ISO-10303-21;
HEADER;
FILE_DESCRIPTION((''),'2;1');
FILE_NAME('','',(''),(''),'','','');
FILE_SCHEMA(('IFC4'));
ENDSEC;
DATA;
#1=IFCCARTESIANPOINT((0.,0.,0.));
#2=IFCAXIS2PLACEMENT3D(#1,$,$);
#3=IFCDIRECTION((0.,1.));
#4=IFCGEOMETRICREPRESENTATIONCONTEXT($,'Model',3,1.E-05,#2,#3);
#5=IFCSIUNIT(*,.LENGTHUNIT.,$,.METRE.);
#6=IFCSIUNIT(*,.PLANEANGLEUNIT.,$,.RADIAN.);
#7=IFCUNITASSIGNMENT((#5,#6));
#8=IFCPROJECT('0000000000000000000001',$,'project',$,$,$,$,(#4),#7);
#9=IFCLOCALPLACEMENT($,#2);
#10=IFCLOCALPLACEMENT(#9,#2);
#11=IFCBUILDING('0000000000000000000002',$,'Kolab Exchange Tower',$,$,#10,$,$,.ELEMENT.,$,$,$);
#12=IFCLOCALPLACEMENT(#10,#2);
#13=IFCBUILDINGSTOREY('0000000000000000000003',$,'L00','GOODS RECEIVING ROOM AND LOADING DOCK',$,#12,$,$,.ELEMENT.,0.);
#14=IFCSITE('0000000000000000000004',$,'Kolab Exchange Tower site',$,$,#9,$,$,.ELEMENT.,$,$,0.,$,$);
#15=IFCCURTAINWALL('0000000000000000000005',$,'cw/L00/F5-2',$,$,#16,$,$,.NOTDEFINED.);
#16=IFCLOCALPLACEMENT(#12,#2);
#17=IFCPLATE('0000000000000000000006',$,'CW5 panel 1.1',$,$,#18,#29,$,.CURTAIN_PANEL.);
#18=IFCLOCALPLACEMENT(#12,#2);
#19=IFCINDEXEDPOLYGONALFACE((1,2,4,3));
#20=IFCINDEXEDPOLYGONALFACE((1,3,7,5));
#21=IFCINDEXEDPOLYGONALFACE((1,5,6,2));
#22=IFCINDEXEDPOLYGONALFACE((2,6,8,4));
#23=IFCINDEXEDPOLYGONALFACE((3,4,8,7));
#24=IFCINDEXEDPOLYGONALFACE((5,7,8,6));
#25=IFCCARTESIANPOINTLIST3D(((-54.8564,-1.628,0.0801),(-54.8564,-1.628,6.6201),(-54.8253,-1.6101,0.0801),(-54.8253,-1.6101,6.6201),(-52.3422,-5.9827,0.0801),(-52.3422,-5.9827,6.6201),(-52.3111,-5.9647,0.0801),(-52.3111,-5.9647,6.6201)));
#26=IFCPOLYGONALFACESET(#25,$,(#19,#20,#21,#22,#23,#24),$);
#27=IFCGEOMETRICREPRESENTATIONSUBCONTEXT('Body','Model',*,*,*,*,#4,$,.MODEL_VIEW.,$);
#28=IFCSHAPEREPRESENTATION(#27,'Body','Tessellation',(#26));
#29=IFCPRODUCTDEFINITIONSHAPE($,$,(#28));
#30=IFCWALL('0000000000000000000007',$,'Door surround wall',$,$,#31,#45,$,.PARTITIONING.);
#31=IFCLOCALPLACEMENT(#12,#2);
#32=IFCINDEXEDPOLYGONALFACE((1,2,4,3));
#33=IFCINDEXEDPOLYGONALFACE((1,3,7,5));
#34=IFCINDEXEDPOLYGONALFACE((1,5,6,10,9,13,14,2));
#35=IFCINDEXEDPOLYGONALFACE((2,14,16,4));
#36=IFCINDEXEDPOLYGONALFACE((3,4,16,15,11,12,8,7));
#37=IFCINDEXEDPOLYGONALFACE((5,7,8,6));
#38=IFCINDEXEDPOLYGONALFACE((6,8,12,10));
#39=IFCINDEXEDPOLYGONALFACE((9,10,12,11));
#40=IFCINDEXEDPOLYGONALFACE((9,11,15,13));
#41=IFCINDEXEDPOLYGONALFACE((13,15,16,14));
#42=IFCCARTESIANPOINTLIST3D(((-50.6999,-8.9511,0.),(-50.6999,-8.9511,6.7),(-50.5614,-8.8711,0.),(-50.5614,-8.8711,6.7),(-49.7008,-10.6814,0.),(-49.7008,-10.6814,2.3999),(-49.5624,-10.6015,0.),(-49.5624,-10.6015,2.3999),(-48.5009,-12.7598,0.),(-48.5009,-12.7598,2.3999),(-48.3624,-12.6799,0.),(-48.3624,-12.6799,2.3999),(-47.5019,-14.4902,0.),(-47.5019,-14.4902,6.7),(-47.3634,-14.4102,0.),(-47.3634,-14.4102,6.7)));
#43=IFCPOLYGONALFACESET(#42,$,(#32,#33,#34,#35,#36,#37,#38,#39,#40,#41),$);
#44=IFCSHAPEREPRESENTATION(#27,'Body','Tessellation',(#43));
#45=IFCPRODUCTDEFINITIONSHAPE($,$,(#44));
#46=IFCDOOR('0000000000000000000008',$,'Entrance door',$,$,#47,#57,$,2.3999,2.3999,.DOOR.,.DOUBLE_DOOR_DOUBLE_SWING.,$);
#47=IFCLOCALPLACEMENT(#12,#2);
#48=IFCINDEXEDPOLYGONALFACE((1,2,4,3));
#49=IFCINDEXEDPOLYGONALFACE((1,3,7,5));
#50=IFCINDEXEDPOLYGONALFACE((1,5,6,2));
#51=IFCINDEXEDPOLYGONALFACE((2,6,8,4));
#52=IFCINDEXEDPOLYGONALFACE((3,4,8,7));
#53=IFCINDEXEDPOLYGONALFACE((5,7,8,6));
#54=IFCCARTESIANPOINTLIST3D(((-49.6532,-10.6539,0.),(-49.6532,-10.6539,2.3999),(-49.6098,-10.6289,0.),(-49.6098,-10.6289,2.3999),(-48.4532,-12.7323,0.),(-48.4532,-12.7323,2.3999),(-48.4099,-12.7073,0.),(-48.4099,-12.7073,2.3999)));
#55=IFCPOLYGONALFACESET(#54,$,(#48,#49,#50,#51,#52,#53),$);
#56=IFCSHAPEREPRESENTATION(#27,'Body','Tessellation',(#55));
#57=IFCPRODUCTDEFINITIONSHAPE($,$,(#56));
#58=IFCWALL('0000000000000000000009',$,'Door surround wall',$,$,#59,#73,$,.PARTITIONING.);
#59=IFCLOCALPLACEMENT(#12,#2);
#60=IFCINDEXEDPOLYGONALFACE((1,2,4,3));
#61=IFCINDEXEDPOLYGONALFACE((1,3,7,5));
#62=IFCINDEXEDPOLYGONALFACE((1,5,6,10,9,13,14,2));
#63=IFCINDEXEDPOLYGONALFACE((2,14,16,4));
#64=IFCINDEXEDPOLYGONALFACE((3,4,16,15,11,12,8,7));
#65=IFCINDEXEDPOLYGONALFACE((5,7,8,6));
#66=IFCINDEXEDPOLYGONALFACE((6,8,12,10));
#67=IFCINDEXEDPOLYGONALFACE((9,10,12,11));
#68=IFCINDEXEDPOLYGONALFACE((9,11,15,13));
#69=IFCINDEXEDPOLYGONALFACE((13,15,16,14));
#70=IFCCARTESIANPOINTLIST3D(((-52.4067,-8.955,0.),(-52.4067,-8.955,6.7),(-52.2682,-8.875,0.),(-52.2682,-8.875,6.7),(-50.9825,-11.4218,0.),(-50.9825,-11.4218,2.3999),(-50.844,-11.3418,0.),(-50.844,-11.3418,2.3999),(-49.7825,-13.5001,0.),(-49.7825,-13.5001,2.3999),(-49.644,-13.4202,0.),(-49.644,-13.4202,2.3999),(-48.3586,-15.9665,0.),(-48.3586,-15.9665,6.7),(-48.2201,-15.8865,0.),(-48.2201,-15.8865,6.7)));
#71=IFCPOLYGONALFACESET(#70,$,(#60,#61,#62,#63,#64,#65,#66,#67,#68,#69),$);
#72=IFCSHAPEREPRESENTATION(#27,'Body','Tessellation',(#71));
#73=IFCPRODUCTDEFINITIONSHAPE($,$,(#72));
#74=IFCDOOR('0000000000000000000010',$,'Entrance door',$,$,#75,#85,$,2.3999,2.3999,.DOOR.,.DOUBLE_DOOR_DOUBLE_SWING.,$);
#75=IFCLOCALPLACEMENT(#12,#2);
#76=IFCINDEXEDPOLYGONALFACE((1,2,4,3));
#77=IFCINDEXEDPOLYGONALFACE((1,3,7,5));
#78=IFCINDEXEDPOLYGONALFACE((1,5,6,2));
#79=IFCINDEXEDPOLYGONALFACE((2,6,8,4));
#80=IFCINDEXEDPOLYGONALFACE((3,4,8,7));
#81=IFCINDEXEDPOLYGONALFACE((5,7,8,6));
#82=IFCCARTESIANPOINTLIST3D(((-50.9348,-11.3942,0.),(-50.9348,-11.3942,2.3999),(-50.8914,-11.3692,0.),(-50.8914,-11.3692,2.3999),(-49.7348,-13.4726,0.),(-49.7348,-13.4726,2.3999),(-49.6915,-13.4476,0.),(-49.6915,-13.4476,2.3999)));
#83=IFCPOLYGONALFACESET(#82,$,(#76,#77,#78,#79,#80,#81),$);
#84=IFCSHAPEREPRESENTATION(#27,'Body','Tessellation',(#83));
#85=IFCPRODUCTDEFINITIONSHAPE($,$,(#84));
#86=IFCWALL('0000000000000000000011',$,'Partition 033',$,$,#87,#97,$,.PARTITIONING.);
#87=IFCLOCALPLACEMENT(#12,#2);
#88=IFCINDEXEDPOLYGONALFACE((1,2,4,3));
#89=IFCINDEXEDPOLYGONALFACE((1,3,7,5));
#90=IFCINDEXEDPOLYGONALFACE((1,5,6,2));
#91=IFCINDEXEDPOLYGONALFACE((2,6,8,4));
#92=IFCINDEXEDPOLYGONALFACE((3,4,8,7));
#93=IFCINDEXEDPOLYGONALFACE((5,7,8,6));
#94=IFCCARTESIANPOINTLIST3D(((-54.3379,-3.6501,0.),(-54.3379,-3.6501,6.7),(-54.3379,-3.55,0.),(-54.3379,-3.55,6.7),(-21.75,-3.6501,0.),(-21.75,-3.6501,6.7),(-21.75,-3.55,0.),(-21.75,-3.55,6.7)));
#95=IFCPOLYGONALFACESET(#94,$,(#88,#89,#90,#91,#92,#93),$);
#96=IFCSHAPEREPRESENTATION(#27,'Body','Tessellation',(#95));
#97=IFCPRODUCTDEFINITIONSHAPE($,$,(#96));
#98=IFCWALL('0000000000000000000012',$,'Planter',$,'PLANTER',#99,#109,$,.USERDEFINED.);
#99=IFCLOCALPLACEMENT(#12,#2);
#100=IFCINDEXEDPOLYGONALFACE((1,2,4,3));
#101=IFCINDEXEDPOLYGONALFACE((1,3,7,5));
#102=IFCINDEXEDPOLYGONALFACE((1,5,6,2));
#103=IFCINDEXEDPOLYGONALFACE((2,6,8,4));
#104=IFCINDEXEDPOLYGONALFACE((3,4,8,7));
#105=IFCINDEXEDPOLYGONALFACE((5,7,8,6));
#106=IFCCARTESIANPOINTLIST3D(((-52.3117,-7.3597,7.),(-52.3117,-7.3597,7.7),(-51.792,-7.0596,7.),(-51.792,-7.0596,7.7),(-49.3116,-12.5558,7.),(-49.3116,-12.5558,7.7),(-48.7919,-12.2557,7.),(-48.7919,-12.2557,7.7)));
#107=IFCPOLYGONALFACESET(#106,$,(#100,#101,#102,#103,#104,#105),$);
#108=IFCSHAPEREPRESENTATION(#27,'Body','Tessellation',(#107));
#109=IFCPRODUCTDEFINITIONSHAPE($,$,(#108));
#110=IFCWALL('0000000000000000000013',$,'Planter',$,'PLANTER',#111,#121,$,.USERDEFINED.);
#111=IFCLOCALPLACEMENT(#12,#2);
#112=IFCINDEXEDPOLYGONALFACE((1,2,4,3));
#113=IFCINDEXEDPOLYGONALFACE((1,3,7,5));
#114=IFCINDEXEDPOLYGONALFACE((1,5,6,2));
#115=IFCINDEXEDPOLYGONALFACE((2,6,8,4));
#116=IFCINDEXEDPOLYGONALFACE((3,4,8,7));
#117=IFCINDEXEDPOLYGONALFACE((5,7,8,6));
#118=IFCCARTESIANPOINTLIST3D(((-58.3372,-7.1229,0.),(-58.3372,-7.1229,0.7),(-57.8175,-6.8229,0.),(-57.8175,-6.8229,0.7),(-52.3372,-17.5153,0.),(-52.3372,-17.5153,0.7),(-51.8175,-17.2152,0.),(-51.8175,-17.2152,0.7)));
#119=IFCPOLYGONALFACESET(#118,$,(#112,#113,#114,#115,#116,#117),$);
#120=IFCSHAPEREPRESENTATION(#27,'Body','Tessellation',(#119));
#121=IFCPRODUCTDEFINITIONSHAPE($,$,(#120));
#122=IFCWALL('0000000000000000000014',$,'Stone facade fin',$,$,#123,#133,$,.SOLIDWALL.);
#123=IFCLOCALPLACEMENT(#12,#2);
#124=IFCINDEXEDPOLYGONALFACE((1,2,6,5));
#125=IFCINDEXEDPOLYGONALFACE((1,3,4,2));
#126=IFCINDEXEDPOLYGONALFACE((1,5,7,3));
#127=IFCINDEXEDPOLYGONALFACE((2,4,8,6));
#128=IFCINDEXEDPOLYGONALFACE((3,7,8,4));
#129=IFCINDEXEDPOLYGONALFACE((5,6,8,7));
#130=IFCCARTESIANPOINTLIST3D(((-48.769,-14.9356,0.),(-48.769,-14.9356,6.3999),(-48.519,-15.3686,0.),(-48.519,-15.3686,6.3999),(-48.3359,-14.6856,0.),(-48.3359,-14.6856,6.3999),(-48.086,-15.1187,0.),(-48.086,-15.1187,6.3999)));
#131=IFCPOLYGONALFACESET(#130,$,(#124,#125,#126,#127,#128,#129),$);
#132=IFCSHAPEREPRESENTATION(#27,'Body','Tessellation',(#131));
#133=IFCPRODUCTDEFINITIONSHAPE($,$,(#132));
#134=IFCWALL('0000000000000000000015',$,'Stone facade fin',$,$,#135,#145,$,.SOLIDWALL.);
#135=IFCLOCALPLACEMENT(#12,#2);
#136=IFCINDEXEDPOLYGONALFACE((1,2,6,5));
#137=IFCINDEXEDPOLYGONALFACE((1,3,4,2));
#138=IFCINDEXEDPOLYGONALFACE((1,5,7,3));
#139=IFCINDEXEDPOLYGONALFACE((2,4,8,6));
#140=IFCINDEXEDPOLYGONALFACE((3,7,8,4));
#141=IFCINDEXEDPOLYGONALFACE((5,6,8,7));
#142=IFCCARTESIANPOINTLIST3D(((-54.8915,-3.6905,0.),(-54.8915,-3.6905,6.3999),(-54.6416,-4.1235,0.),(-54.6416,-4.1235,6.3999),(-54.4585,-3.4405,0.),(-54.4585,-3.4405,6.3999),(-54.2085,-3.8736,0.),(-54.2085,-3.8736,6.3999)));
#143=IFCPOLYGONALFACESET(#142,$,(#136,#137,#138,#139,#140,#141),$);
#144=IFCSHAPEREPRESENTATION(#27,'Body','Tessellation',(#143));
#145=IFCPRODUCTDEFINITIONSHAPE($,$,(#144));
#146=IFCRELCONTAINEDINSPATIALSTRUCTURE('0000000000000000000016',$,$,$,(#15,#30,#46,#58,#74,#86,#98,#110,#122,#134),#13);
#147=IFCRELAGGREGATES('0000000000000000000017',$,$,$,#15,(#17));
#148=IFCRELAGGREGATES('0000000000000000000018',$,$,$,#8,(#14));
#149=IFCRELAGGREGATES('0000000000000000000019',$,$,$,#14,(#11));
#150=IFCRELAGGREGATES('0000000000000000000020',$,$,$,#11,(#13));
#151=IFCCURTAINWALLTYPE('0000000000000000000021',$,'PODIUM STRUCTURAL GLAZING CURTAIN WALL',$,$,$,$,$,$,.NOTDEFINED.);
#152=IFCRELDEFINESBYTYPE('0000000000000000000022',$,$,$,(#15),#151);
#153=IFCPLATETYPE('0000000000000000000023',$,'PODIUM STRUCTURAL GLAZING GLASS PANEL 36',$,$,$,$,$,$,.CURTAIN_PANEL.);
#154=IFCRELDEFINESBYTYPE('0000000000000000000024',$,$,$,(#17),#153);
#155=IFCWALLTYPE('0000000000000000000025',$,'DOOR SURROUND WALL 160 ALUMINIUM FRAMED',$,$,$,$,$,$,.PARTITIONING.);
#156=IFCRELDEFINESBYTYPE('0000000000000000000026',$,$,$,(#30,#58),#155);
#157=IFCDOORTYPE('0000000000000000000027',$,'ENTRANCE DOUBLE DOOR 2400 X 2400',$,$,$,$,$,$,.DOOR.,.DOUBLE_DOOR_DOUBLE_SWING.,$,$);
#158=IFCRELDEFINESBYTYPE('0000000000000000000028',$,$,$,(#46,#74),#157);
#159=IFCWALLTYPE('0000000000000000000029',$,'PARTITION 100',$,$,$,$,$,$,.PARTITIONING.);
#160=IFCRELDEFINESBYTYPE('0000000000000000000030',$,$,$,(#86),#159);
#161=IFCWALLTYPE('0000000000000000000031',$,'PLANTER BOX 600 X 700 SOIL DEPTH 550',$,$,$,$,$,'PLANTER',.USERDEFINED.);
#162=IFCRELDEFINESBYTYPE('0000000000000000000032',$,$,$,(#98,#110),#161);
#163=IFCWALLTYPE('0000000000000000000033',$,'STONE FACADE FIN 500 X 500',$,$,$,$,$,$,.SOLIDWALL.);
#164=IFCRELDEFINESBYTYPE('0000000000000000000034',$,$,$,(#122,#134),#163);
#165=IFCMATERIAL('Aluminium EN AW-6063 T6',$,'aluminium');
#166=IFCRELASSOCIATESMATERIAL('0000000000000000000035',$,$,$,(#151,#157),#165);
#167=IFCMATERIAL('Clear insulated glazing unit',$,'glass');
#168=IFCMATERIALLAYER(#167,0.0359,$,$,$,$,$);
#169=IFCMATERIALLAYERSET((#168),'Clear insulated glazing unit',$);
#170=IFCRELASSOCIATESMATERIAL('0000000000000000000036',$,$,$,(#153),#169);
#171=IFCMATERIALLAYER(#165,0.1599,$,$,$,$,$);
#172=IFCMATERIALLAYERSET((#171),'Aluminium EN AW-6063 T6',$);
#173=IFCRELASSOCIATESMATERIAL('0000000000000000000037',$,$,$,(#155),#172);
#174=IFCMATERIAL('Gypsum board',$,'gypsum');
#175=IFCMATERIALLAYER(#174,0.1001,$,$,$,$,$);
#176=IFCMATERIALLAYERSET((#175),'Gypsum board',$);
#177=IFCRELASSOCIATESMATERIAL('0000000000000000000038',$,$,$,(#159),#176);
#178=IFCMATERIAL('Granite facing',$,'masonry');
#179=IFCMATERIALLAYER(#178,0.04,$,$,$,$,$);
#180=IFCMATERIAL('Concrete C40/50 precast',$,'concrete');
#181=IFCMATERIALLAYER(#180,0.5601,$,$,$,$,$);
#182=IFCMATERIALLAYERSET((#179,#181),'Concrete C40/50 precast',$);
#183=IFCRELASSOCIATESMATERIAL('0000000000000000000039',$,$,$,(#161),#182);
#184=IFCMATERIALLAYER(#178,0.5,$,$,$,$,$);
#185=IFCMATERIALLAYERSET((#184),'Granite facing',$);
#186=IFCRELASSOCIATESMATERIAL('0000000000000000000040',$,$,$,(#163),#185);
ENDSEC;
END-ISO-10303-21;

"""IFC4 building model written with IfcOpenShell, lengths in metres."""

from ifc_helpers import new_model, si_unit, direction, frame, frame_2d, origin, origin_2d, place, context, subcontext, project, spatial, rectangle, extrude, material, layer, layer_set, type_object, element, fill, aggregate, save


model = new_model("IFC4")

# Units and contexts
model_context = context("Model", 3, precision=1e-05, world=origin(), true_north=direction((0.0, 1.0)))
body_context = subcontext(model_context, "Body", "Model", "MODEL_VIEW")
ifc_project = project(units=[si_unit("LENGTHUNIT", "METRE"), si_unit("PLANEANGLEUNIT", "RADIAN")], contexts=[model_context])

# Site, building, storey
site_placement = place(None, origin())
site = spatial("IfcSite", under=ifc_project, at=site_placement, Name="Kolab Exchange Tower site", CompositionType="ELEMENT", RefElevation=0.0)
building_placement = place(site_placement, origin())
building = spatial("IfcBuilding", under=site, at=building_placement, Name="Kolab Exchange Tower", CompositionType="ELEMENT")
storey_placement = place(building_placement, origin())
storey = spatial("IfcBuildingStorey", under=building, at=storey_placement, Name="L00", Description="GOODS RECEIVING ROOM AND LOADING DOCK", CompositionType="ELEMENT", Elevation=0.0)

# Curtain wall
ifc_material_1 = material(Name="Aluminium EN AW-6063 T6", Category="aluminium")
curtain_wall_type = type_object("IfcCurtainWallType", Name="PODIUM STRUCTURAL GLAZING CURTAIN WALL", PredefinedType="NOTDEFINED", material=ifc_material_1)
curtain_wall_placement = place(storey_placement, origin())
curtain_wall = element("IfcCurtainWall", 1, at=curtain_wall_placement, inside=storey, type_object=curtain_wall_type, Name="cw/L00/F5-2", PredefinedType="NOTDEFINED")

# Plate
ifc_material_2 = material(Name="Clear insulated glazing unit", Category="glass")
ifc_layer_1 = layer(ifc_material_2, 0.0359)
ifc_layer_set_1 = layer_set([ifc_layer_1], Name="Clear insulated glazing unit")
plate_type = type_object("IfcPlateType", Name="PODIUM STRUCTURAL GLAZING GLASS PANEL 36", PredefinedType="CURTAIN_PANEL", material=ifc_layer_set_1)
plate_placement = place(storey_placement, frame((-53.5837, -3.7964, 0.0801), z_axis=(0.0, 0.0, 1.0), x_axis=(-0.5, 0.866025, 0.0)))
plate = element("IfcPlate", 2, at=plate_placement, type_object=plate_type, Name="CW5 panel 1.1", PredefinedType="CURTAIN_PANEL", context=body_context, shape_type="SweptSolid", body=[
    extrude(rectangle(XDim=5.0283, YDim=0.0359, at=origin_2d()), origin(), (0.0, 0.0, 1.0), 6.54),
])
aggregate(curtain_wall, [plate])

# Walls, openings, doors
ifc_layer_2 = layer(ifc_material_1, 0.1599)
ifc_layer_set_2 = layer_set([ifc_layer_2], Name="Aluminium EN AW-6063 T6")
wall_type_1 = type_object("IfcWallType", Name="DOOR SURROUND WALL 160 ALUMINIUM FRAMED", PredefinedType="PARTITIONING", material=ifc_layer_set_2)
wall_1_placement = place(storey_placement, frame((-47.4326, -14.4502, 0.0), z_axis=(0.0, 0.0, 1.0), x_axis=(-0.500002, 0.866024, 0.0)))
wall_1 = element("IfcWall", 3, at=wall_1_placement, inside=storey, type_object=wall_type_1, Name="Door surround wall", PredefinedType="PARTITIONING", context=body_context, shape_type="SweptSolid", body=[
    extrude(rectangle(XDim=6.396, YDim=0.1599, at=frame_2d((3.198, 0.0))), origin(), (0.0, 0.0, 1.0), 6.7),
])
opening_1_placement = place(wall_1_placement, frame((1.998, 0.0, 0.0)))
opening_1 = element("IfcOpeningElement", 4, at=opening_1_placement, cuts=wall_1, PredefinedType="OPENING", context=body_context, shape_type="SweptSolid", body=[
    extrude(rectangle(XDim=2.3999, YDim=2.3999, at=frame_2d((1.2, 1.2))), frame((0.0, 0.0898, 0.0), z_axis=(0.0, -1.0, 0.0), x_axis=(1.0, 0.0, 0.0)), (0.0, 0.0, 1.0), 0.1799),
])
door_type = type_object("IfcDoorType", Name="ENTRANCE DOUBLE DOOR 2400 X 2400", OperationType="DOUBLE_DOOR_DOUBLE_SWING", PredefinedType="DOOR", material=ifc_material_1)
door_1_placement = place(opening_1_placement, origin())
door_1 = element("IfcDoor", 5, at=door_1_placement, inside=storey, type_object=door_type, Name="Entrance door", OperationType="DOUBLE_DOOR_DOUBLE_SWING", OverallHeight=2.3999, OverallWidth=2.3999, PredefinedType="DOOR", context=body_context, shape_type="SweptSolid", body=[
    extrude(rectangle(XDim=2.3999, YDim=2.3999, at=frame_2d((1.2, 1.2))), frame((0.0, 0.0249, 0.0), z_axis=(0.0, -1.0, 0.0), x_axis=(1.0, 0.0, 0.0)), (0.0, 0.0, 1.0), 0.05),
])
fill(opening_1, door_1)
wall_2_placement = place(storey_placement, frame((-48.2893, -15.9265, 0.0), z_axis=(0.0, 0.0, 1.0), x_axis=(-0.500002, 0.866024, 0.0)))
wall_2 = element("IfcWall", 6, at=wall_2_placement, inside=storey, type_object=wall_type_1, Name="Door surround wall", PredefinedType="PARTITIONING", context=body_context, shape_type="SweptSolid", body=[
    extrude(rectangle(XDim=8.0962, YDim=0.1599, at=frame_2d((4.0481, 0.0))), origin(), (0.0, 0.0, 1.0), 6.7),
])
opening_2_placement = place(wall_2_placement, frame((2.8479, 0.0, 0.0)))
opening_2 = element("IfcOpeningElement", 7, at=opening_2_placement, cuts=wall_2, PredefinedType="OPENING", context=body_context, shape_type="SweptSolid", body=[
    extrude(rectangle(XDim=2.3999, YDim=2.3999, at=frame_2d((1.2, 1.2))), frame((0.0, 0.0898, 0.0), z_axis=(0.0, -1.0, 0.0), x_axis=(1.0, 0.0, 0.0)), (0.0, 0.0, 1.0), 0.1799),
])
door_2_placement = place(opening_2_placement, origin())
door_2 = element("IfcDoor", 8, at=door_2_placement, inside=storey, type_object=door_type, Name="Entrance door", OperationType="DOUBLE_DOOR_DOUBLE_SWING", OverallHeight=2.3999, OverallWidth=2.3999, PredefinedType="DOOR", context=body_context, shape_type="SweptSolid", body=[
    extrude(rectangle(XDim=2.3999, YDim=2.3999, at=frame_2d((1.2, 1.2))), frame((0.0, 0.0249, 0.0), z_axis=(0.0, -1.0, 0.0), x_axis=(1.0, 0.0, 0.0)), (0.0, 0.0, 1.0), 0.05),
])
fill(opening_2, door_2)

# Walls
ifc_material_3 = material(Name="Gypsum board", Category="gypsum")
ifc_layer_3 = layer(ifc_material_3, 0.1001)
ifc_layer_set_3 = layer_set([ifc_layer_3], Name="Gypsum board")
wall_type_2 = type_object("IfcWallType", Name="PARTITION 100", PredefinedType="PARTITIONING", material=ifc_layer_set_3)
wall_3_placement = place(storey_placement, frame((-54.3379, -3.6001, 0.0), z_axis=(0.0, 0.0, 1.0), x_axis=(1.0, 0.0, 0.0)))
element("IfcWall", 9, at=wall_3_placement, inside=storey, type_object=wall_type_2, Name="Partition 033", PredefinedType="PARTITIONING", context=body_context, shape_type="SweptSolid", body=[
    extrude(rectangle(XDim=32.5879, YDim=0.1001, at=frame_2d((16.2939, 0.0))), origin(), (0.0, 0.0, 1.0), 6.7),
])
ifc_material_4 = material(Name="Granite facing", Category="masonry")
ifc_layer_4 = layer(ifc_material_4, 0.04)
ifc_material_5 = material(Name="Concrete C40/50 precast", Category="concrete")
ifc_layer_5 = layer(ifc_material_5, 0.5601)
ifc_layer_set_4 = layer_set([ifc_layer_4, ifc_layer_5], Name="Concrete C40/50 precast")
wall_type_3 = type_object("IfcWallType", Name="PLANTER BOX 600 X 700 SOIL DEPTH 550", ElementType="PLANTER", PredefinedType="USERDEFINED", material=ifc_layer_set_4)
wall_4_placement = place(storey_placement, frame((-49.0518, -12.4058, 7.0), z_axis=(0.0, 0.0, 1.0), x_axis=(-0.500008, 0.866021, 0.0)))
element("IfcWall", 10, at=wall_4_placement, inside=storey, type_object=wall_type_3, Name="Planter", ObjectType="PLANTER", PredefinedType="USERDEFINED", context=body_context, shape_type="SweptSolid", body=[
    extrude(rectangle(XDim=6.0, YDim=0.6001, at=frame_2d((3.0, 0.0))), origin(), (0.0, 0.0, 1.0), 0.7),
])
wall_5_placement = place(storey_placement, frame((-52.0774, -17.3652, 0.0), z_axis=(0.0, 0.0, 1.0), x_axis=(-0.499999, 0.866026, 0.0)))
element("IfcWall", 11, at=wall_5_placement, inside=storey, type_object=wall_type_3, Name="Planter", ObjectType="PLANTER", PredefinedType="USERDEFINED", context=body_context, shape_type="SweptSolid", body=[
    extrude(rectangle(XDim=12.0, YDim=0.6001, at=frame_2d((6.0, 0.0))), origin(), (0.0, 0.0, 1.0), 0.7),
])
ifc_layer_6 = layer(ifc_material_4, 0.5)
ifc_layer_set_5 = layer_set([ifc_layer_6], Name="Granite facing")
wall_type_4 = type_object("IfcWallType", Name="STONE FACADE FIN 500 X 500", PredefinedType="SOLIDWALL", material=ifc_layer_set_5)
for number, where, z_axis, x_axis, name in (
    (12, (-48.3025, -15.2437, 0.0), (0.0, 0.0, 1.0), (-0.49992, 0.866072, 0.0), "Stone facade fin"),
    (13, (-54.425, -3.9985, 0.0), (0.0, 0.0, 1.0), (-0.49992, 0.866072, 0.0), "Stone facade fin"),
):
    element("IfcWall", number, at=place(storey_placement, frame(where, z_axis=z_axis, x_axis=x_axis)), inside=storey, type_object=wall_type_4, Name=name, PredefinedType="SOLIDWALL", context=body_context, shape_type="SweptSolid", body=[
        extrude(rectangle(XDim=0.5, YDim=0.5, at=frame_2d((0.25, 0.0))), origin(), (0.0, 0.0, 1.0), 6.3999),
    ])

save(model, "model.ifc")
